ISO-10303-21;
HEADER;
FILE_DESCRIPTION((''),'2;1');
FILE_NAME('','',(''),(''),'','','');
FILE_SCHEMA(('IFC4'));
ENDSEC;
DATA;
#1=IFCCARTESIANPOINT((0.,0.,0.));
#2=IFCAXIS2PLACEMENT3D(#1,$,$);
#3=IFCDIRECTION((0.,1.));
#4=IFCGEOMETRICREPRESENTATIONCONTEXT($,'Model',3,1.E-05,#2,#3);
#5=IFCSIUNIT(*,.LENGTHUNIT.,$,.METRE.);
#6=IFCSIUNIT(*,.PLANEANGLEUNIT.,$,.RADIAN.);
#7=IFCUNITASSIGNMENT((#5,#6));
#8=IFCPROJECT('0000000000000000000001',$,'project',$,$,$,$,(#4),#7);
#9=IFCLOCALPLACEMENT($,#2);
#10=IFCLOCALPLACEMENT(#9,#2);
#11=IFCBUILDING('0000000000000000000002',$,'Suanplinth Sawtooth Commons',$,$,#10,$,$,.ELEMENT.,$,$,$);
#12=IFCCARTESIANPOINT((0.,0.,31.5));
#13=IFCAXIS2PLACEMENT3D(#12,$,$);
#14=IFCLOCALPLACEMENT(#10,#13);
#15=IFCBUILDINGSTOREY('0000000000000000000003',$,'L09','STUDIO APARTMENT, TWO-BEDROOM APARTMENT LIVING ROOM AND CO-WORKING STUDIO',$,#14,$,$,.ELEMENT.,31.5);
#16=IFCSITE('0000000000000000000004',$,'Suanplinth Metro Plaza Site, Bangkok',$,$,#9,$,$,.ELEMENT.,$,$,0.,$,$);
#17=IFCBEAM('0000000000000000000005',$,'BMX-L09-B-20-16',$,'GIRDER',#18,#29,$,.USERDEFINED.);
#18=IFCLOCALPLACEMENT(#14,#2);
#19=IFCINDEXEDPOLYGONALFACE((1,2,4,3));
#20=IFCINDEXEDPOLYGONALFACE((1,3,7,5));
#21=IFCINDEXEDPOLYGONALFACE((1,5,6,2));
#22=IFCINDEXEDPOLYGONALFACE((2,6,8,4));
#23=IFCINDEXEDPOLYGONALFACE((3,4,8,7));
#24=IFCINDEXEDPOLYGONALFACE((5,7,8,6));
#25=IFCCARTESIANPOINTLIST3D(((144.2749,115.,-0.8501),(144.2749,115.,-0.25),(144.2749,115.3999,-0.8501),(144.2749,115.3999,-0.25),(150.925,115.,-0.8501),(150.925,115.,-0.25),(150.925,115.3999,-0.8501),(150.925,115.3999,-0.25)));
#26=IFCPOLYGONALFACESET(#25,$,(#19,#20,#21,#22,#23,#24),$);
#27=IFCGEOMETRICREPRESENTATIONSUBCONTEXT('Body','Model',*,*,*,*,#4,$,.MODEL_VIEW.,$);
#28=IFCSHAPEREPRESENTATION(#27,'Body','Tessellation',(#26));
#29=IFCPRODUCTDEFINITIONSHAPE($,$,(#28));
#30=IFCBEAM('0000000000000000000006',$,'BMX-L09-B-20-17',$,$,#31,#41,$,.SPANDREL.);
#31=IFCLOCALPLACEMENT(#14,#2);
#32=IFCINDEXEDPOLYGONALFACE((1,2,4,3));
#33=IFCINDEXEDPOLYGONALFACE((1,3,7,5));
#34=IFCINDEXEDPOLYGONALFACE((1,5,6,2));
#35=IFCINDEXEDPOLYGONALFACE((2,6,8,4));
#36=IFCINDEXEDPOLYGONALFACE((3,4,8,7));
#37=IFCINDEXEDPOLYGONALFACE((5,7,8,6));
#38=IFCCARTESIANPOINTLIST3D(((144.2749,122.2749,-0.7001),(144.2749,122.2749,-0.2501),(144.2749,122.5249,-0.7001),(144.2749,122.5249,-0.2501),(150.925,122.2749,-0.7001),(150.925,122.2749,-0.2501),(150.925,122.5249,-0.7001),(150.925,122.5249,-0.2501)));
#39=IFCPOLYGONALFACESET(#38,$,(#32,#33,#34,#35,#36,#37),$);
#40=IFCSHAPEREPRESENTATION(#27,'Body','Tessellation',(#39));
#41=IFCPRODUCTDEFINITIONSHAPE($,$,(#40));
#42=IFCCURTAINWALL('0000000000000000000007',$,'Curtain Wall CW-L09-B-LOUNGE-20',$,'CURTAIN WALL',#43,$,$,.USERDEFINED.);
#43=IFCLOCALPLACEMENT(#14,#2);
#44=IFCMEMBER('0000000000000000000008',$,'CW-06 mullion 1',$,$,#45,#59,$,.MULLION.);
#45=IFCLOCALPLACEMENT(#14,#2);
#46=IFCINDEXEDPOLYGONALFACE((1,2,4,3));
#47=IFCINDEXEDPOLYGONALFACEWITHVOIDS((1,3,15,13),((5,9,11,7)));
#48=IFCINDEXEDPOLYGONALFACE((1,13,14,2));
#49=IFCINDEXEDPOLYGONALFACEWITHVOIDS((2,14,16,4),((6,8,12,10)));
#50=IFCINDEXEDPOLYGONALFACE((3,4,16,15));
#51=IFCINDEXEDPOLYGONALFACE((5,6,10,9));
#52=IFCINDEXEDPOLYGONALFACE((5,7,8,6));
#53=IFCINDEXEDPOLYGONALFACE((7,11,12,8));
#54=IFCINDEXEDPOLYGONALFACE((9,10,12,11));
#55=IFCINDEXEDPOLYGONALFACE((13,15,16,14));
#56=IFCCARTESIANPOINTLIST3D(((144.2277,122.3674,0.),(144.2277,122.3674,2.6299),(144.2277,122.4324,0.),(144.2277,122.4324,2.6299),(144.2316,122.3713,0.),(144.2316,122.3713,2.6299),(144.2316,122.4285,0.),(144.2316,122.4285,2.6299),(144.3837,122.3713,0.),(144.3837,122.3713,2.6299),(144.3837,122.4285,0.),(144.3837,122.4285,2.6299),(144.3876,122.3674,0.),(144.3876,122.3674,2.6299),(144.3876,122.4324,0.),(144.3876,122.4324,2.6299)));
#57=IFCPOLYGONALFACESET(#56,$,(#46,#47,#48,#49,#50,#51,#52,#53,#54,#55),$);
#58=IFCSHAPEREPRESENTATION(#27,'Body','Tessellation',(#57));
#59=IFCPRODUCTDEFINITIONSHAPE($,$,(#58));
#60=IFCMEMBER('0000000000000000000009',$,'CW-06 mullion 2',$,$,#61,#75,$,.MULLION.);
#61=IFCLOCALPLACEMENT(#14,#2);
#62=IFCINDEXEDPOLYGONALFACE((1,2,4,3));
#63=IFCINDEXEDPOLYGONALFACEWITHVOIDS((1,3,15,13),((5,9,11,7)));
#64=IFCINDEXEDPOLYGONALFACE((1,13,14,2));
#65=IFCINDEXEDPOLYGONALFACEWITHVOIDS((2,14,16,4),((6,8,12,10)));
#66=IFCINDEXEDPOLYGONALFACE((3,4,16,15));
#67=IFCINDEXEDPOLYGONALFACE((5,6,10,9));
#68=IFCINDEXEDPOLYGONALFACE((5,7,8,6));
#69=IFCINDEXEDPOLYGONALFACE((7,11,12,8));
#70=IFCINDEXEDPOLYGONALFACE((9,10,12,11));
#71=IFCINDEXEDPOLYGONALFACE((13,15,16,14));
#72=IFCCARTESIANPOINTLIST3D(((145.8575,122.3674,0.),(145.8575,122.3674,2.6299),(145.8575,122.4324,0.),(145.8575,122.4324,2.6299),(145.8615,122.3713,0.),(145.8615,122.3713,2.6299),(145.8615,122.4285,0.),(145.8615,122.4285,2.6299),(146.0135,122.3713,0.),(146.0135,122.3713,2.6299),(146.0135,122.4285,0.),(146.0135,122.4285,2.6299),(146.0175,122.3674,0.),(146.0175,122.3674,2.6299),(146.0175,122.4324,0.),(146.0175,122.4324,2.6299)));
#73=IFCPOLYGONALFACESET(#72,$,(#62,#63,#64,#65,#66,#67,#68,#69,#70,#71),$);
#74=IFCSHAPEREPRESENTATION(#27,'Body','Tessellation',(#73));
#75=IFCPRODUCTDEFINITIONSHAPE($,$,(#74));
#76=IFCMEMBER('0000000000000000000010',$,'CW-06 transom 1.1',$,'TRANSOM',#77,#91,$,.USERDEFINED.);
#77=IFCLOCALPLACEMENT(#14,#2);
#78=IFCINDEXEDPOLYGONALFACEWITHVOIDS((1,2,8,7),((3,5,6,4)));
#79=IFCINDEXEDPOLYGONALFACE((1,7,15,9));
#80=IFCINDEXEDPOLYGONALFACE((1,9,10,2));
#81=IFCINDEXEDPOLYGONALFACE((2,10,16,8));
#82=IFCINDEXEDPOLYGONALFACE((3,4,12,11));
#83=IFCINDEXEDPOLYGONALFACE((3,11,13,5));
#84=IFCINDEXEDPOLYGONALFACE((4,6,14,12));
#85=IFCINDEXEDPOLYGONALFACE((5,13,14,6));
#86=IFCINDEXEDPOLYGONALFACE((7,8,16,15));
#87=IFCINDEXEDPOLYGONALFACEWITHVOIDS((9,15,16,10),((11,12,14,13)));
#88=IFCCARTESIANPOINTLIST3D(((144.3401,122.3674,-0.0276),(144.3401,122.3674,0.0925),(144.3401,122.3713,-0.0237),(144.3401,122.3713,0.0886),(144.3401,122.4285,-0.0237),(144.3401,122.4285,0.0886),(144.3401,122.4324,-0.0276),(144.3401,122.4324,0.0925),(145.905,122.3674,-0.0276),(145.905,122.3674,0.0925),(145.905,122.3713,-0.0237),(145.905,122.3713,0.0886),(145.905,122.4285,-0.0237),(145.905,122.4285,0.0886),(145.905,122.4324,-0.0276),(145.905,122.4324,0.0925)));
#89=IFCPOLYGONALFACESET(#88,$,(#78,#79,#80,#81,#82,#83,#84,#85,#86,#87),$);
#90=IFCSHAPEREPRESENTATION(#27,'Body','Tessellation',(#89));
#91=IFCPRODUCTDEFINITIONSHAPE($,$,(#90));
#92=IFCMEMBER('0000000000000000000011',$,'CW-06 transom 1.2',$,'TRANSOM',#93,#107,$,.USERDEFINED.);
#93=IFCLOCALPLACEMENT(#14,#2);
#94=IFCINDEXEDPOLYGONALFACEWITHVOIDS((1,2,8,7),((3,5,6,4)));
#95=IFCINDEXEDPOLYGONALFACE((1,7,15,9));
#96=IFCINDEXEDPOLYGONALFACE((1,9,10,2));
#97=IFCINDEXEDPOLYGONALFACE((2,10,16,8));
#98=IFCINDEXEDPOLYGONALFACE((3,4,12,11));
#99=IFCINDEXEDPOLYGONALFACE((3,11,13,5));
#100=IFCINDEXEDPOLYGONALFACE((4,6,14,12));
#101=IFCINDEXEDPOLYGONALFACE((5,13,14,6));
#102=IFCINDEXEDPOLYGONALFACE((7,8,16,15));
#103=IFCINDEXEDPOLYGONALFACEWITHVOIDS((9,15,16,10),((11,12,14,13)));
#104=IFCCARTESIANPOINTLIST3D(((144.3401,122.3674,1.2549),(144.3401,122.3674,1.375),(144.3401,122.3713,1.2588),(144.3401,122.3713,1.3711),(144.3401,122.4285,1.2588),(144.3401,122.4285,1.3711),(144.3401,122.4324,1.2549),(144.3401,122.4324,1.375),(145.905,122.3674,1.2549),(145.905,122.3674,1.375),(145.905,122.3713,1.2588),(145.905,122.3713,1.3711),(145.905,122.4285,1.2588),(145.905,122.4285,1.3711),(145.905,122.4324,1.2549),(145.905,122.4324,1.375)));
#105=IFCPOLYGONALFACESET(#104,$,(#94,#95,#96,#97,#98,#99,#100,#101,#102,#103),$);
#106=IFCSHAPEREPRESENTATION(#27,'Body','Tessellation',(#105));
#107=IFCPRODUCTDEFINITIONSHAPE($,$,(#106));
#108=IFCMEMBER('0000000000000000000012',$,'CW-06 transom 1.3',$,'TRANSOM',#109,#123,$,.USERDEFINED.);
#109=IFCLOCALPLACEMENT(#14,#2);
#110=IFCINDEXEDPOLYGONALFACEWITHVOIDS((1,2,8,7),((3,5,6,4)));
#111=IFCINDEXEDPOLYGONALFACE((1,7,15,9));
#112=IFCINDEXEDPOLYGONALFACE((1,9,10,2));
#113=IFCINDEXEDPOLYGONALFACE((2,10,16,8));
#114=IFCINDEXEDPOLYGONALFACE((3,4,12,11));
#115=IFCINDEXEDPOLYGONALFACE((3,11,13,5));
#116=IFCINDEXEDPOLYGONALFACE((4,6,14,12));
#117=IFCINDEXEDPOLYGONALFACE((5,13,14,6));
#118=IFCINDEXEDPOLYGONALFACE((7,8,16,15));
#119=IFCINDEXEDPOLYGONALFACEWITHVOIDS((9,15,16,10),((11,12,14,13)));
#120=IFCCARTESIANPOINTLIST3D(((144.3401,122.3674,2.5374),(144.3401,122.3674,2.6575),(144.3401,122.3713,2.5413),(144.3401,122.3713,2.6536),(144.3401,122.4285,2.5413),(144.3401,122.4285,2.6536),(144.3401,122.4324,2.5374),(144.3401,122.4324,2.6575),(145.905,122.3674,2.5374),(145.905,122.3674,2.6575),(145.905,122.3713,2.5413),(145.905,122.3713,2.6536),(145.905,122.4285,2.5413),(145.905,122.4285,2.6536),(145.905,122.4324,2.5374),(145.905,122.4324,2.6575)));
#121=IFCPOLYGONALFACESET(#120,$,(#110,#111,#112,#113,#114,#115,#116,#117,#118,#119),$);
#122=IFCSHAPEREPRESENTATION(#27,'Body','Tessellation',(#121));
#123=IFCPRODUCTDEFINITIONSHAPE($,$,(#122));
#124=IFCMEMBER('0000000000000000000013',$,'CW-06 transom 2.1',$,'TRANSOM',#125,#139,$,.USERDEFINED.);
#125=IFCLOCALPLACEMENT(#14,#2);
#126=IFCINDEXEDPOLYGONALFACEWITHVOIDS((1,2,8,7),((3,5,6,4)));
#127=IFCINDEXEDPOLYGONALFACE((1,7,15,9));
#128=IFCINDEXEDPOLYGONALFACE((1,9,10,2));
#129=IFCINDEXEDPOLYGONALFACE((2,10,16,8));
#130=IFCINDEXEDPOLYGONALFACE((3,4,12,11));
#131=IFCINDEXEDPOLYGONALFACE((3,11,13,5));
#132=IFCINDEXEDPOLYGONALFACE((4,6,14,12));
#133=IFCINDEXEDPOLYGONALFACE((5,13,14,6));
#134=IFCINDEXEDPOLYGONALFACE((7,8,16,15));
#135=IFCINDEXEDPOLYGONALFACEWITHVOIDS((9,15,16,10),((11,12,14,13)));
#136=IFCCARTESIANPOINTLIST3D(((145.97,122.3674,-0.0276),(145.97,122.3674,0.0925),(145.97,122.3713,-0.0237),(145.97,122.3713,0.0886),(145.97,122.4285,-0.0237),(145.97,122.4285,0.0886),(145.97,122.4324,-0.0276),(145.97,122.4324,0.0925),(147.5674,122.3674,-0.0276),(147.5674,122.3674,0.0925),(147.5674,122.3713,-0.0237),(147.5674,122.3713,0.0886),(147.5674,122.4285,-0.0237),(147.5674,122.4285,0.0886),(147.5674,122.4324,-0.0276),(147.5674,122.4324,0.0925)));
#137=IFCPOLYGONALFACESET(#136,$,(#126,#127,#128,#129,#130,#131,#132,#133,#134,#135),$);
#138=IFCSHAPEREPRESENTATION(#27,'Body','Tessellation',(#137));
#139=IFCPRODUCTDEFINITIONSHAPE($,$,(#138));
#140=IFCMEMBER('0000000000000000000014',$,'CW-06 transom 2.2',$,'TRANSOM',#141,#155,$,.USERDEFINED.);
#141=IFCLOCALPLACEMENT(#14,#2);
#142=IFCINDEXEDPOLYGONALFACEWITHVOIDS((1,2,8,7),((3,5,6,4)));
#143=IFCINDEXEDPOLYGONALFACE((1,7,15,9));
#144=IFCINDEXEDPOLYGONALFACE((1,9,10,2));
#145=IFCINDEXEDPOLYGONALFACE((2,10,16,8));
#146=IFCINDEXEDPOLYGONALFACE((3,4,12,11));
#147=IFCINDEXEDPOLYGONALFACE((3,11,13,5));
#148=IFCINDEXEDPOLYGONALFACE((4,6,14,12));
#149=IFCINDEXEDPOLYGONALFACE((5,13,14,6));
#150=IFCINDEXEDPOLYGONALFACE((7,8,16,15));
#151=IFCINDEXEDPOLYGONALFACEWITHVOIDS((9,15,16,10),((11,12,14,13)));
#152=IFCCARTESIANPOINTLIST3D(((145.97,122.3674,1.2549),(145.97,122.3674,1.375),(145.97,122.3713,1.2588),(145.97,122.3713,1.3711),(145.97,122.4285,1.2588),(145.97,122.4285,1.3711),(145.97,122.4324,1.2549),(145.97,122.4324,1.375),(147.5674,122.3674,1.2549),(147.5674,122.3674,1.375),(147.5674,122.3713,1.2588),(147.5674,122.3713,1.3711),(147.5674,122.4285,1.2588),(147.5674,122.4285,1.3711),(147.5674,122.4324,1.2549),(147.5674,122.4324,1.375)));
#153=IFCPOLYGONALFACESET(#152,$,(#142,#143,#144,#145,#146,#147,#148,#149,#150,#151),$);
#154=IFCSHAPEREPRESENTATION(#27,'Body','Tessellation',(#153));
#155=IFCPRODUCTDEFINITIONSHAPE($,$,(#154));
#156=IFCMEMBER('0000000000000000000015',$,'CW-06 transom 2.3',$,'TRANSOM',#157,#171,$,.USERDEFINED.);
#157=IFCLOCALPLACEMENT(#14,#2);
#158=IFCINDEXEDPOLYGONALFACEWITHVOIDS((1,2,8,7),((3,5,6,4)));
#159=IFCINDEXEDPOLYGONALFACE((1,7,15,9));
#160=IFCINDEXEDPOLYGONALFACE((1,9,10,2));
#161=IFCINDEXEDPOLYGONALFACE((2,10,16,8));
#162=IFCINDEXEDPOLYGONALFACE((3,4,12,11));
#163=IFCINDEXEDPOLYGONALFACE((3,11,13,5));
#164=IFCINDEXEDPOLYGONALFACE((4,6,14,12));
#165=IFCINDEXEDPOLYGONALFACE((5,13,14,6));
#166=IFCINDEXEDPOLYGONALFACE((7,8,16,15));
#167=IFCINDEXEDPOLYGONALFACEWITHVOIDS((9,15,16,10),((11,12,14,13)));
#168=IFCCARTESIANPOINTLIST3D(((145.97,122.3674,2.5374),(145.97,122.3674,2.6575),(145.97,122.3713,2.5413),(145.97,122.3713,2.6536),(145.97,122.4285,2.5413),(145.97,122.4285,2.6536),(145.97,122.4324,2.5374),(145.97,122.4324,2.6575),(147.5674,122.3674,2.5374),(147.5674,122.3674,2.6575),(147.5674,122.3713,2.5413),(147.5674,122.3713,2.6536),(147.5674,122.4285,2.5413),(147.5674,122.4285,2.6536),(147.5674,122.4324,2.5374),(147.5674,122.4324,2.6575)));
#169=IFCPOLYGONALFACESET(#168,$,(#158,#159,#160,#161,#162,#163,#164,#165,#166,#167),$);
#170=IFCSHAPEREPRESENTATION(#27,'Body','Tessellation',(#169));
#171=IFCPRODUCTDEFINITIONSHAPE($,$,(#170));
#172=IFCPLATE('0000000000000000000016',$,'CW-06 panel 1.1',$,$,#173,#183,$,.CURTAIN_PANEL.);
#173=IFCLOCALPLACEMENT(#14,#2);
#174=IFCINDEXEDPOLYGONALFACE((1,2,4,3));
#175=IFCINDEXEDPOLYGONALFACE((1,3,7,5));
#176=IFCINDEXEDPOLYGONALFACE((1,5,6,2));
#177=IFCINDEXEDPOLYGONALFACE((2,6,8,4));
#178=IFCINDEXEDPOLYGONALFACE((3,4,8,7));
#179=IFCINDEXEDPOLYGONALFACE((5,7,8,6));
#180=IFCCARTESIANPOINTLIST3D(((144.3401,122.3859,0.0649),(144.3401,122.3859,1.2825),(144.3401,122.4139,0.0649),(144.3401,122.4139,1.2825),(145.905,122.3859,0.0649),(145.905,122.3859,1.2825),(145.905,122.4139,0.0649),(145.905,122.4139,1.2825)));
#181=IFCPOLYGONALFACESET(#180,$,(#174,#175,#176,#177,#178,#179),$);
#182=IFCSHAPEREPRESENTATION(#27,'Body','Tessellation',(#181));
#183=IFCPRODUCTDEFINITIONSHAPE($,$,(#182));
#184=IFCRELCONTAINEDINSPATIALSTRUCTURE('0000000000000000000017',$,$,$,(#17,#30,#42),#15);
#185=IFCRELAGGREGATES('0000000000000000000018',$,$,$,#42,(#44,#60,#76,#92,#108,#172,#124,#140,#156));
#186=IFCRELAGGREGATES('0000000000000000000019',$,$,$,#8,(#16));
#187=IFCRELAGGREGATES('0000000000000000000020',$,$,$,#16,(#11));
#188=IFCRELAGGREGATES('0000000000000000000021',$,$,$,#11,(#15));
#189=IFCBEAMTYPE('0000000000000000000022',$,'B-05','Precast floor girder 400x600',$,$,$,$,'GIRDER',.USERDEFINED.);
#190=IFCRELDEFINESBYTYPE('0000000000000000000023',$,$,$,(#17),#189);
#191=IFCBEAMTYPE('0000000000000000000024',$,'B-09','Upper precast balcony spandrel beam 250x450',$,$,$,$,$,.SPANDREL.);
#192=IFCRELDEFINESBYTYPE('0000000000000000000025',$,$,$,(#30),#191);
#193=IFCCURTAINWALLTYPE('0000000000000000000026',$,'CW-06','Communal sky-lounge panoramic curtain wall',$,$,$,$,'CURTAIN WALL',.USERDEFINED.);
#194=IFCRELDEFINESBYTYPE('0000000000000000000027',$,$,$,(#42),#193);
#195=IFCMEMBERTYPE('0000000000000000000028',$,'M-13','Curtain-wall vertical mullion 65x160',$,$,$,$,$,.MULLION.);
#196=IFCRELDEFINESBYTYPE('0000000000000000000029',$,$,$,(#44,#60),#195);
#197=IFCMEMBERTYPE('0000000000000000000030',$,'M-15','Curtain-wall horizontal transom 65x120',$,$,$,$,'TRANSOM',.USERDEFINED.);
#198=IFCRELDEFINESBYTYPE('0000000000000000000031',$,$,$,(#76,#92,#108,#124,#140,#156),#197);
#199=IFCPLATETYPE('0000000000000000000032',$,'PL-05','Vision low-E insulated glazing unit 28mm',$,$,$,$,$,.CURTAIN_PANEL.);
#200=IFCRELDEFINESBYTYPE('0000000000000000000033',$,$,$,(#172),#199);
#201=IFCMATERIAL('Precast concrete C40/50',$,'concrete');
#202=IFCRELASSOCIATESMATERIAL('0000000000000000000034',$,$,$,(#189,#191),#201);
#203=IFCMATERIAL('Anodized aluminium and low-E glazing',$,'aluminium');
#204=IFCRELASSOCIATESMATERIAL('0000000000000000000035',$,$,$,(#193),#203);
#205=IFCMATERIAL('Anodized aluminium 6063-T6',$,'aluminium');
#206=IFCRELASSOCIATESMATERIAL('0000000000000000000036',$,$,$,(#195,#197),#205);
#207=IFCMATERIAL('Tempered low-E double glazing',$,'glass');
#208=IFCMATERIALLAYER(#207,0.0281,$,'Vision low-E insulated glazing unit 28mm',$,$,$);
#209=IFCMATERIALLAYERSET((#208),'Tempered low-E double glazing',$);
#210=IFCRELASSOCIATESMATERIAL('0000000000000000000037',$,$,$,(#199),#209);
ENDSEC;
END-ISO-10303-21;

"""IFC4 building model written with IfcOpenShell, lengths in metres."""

from ifc_helpers import new_model, si_unit, direction, frame, origin, origin_2d, place, context, subcontext, project, spatial, rectangle, hollow_rectangle, extrude, material, layer, layer_set, material_profile, profile_set, type_object, element, aggregate, save


model = new_model("IFC4")

# Units and contexts
model_context = context("Model", 3, precision=1e-05, world=origin(), true_north=direction((0.0, 1.0)))
body_context = subcontext(model_context, "Body", "Model", "MODEL_VIEW")
ifc_project = project(units=[si_unit("LENGTHUNIT", "METRE"), si_unit("PLANEANGLEUNIT", "RADIAN")], contexts=[model_context])

# Site, building, storey
site_placement = place(None, origin())
site = spatial("IfcSite", under=ifc_project, at=site_placement, Name="Suanplinth Metro Plaza Site, Bangkok", CompositionType="ELEMENT", RefElevation=0.0)
building_placement = place(site_placement, origin())
building = spatial("IfcBuilding", under=site, at=building_placement, Name="Suanplinth Sawtooth Commons", CompositionType="ELEMENT")
storey_placement = place(building_placement, frame((0.0, 0.0, 31.5)))
storey = spatial("IfcBuildingStorey", under=building, at=storey_placement, Name="L09", Description="STUDIO APARTMENT, TWO-BEDROOM APARTMENT LIVING ROOM AND CO-WORKING STUDIO", CompositionType="ELEMENT", Elevation=31.5)

# Beams
ifc_material_1 = material(Name="Precast concrete C40/50", Category="concrete")
ifc_material_profile_1 = material_profile(ifc_material_1, rectangle(XDim=0.3999, YDim=0.6001, at=origin_2d()), Name="PC-GDR 400x600")
ifc_profile_set_1 = profile_set([ifc_material_profile_1], Name="Precast concrete C40/50")
beam_type_1 = type_object("IfcBeamType", Name="B-05", Description="Precast floor girder 400x600", ElementType="GIRDER", PredefinedType="USERDEFINED", material=ifc_profile_set_1)
beam_1_placement = place(storey_placement, frame((144.2749, 115.2, -0.55), z_axis=(1.0, 0.0, 0.0), x_axis=(0.0, 1.0, 0.0)))
element("IfcBeam", 1, at=beam_1_placement, inside=storey, type_object=beam_type_1, Name="BMX-L09-B-20-16", ObjectType="GIRDER", PredefinedType="USERDEFINED", context=body_context, shape_type="SweptSolid", body=[
    extrude(rectangle(XDim=0.3999, YDim=0.6001, at=origin_2d()), origin(), (0.0, 0.0, 1.0), 6.6501),
])
ifc_material_profile_2 = material_profile(ifc_material_1, rectangle(XDim=0.25, YDim=0.45, at=origin_2d()), Name="PC-SP 250x450")
ifc_profile_set_2 = profile_set([ifc_material_profile_2], Name="Precast concrete C40/50")
beam_type_2 = type_object("IfcBeamType", Name="B-09", Description="Upper precast balcony spandrel beam 250x450", PredefinedType="SPANDREL", material=ifc_profile_set_2)
beam_2_placement = place(storey_placement, frame((144.2749, 122.3999, -0.4751), z_axis=(1.0, 0.0, 0.0), x_axis=(0.0, 1.0, 0.0)))
element("IfcBeam", 2, at=beam_2_placement, inside=storey, type_object=beam_type_2, Name="BMX-L09-B-20-17", PredefinedType="SPANDREL", context=body_context, shape_type="SweptSolid", body=[
    extrude(rectangle(XDim=0.25, YDim=0.45, at=origin_2d()), origin(), (0.0, 0.0, 1.0), 6.6501),
])

# Curtain wall, members, plate
ifc_material_2 = material(Name="Anodized aluminium and low-E glazing", Category="aluminium")
curtain_wall_type = type_object("IfcCurtainWallType", Name="CW-06", Description="Communal sky-lounge panoramic curtain wall", ElementType="CURTAIN WALL", PredefinedType="USERDEFINED", material=ifc_material_2)
curtain_wall_placement = place(storey_placement, origin())
curtain_wall = element("IfcCurtainWall", 3, at=curtain_wall_placement, inside=storey, type_object=curtain_wall_type, Name="Curtain Wall CW-L09-B-LOUNGE-20", ObjectType="CURTAIN WALL", PredefinedType="USERDEFINED")
ifc_material_3 = material(Name="Anodized aluminium 6063-T6", Category="aluminium")
ifc_material_profile_3 = material_profile(ifc_material_3, hollow_rectangle(XDim=0.0649, YDim=0.1599, WallThickness=0.0039, at=origin_2d()), Name="ALU-MUL 65x160")
ifc_profile_set_3 = profile_set([ifc_material_profile_3], Name="Anodized aluminium 6063-T6")
member_type_1 = type_object("IfcMemberType", Name="M-13", Description="Curtain-wall vertical mullion 65x160", PredefinedType="MULLION", material=ifc_profile_set_3)
member_1_placement = place(storey_placement, frame((144.3076, 122.3999, 0.0), z_axis=(0.0, 0.0, 1.0), x_axis=(0.0, 1.0, 0.0)))
member_1 = element("IfcMember", 4, at=member_1_placement, type_object=member_type_1, Name="CW-06 mullion 1", PredefinedType="MULLION", context=body_context, shape_type="SweptSolid", body=[
    extrude(hollow_rectangle(XDim=0.0649, YDim=0.1599, WallThickness=0.0039, at=origin_2d()), origin(), (0.0, 0.0, 1.0), 2.6299),
])
member_2_placement = place(storey_placement, frame((145.9375, 122.3999, 0.0), z_axis=(0.0, 0.0, 1.0), x_axis=(0.0, 1.0, 0.0)))
member_2 = element("IfcMember", 5, at=member_2_placement, type_object=member_type_1, Name="CW-06 mullion 2", PredefinedType="MULLION", context=body_context, shape_type="SweptSolid", body=[
    extrude(hollow_rectangle(XDim=0.0649, YDim=0.1599, WallThickness=0.0039, at=origin_2d()), origin(), (0.0, 0.0, 1.0), 2.6299),
])
ifc_material_profile_4 = material_profile(ifc_material_3, hollow_rectangle(XDim=0.0649, YDim=0.1201, WallThickness=0.0039, at=origin_2d()), Name="ALU-TRN 65x120")
ifc_profile_set_4 = profile_set([ifc_material_profile_4], Name="Anodized aluminium 6063-T6")
member_type_2 = type_object("IfcMemberType", Name="M-15", Description="Curtain-wall horizontal transom 65x120", ElementType="TRANSOM", PredefinedType="USERDEFINED", material=ifc_profile_set_4)
member_3_placement = place(storey_placement, frame((144.3401, 122.3999, 0.0325), z_axis=(1.0, 0.0, 0.0), x_axis=(0.0, 1.0, 0.0)))
member_3 = element("IfcMember", 6, at=member_3_placement, type_object=member_type_2, Name="CW-06 transom 1.1", ObjectType="TRANSOM", PredefinedType="USERDEFINED", context=body_context, shape_type="SweptSolid", body=[
    extrude(hollow_rectangle(XDim=0.0649, YDim=0.1201, WallThickness=0.0039, at=origin_2d()), origin(), (0.0, 0.0, 1.0), 1.5649),
])
member_4_placement = place(storey_placement, frame((144.3401, 122.3999, 1.3149), z_axis=(1.0, 0.0, 0.0), x_axis=(0.0, 1.0, 0.0)))
member_4 = element("IfcMember", 7, at=member_4_placement, type_object=member_type_2, Name="CW-06 transom 1.2", ObjectType="TRANSOM", PredefinedType="USERDEFINED", context=body_context, shape_type="SweptSolid", body=[
    extrude(hollow_rectangle(XDim=0.0649, YDim=0.1201, WallThickness=0.0039, at=origin_2d()), origin(), (0.0, 0.0, 1.0), 1.5649),
])
member_5_placement = place(storey_placement, frame((144.3401, 122.3999, 2.5974), z_axis=(1.0, 0.0, 0.0), x_axis=(0.0, 1.0, 0.0)))
member_5 = element("IfcMember", 8, at=member_5_placement, type_object=member_type_2, Name="CW-06 transom 1.3", ObjectType="TRANSOM", PredefinedType="USERDEFINED", context=body_context, shape_type="SweptSolid", body=[
    extrude(hollow_rectangle(XDim=0.0649, YDim=0.1201, WallThickness=0.0039, at=origin_2d()), origin(), (0.0, 0.0, 1.0), 1.5649),
])
member_6_placement = place(storey_placement, frame((145.97, 122.3999, 0.0325), z_axis=(1.0, 0.0, 0.0), x_axis=(0.0, 1.0, 0.0)))
member_6 = element("IfcMember", 9, at=member_6_placement, type_object=member_type_2, Name="CW-06 transom 2.1", ObjectType="TRANSOM", PredefinedType="USERDEFINED", context=body_context, shape_type="SweptSolid", body=[
    extrude(hollow_rectangle(XDim=0.0649, YDim=0.1201, WallThickness=0.0039, at=origin_2d()), origin(), (0.0, 0.0, 1.0), 1.5974),
])
member_7_placement = place(storey_placement, frame((145.97, 122.3999, 1.3149), z_axis=(1.0, 0.0, 0.0), x_axis=(0.0, 1.0, 0.0)))
member_7 = element("IfcMember", 10, at=member_7_placement, type_object=member_type_2, Name="CW-06 transom 2.2", ObjectType="TRANSOM", PredefinedType="USERDEFINED", context=body_context, shape_type="SweptSolid", body=[
    extrude(hollow_rectangle(XDim=0.0649, YDim=0.1201, WallThickness=0.0039, at=origin_2d()), origin(), (0.0, 0.0, 1.0), 1.5974),
])
member_8_placement = place(storey_placement, frame((145.97, 122.3999, 2.5974), z_axis=(1.0, 0.0, 0.0), x_axis=(0.0, 1.0, 0.0)))
member_8 = element("IfcMember", 11, at=member_8_placement, type_object=member_type_2, Name="CW-06 transom 2.3", ObjectType="TRANSOM", PredefinedType="USERDEFINED", context=body_context, shape_type="SweptSolid", body=[
    extrude(hollow_rectangle(XDim=0.0649, YDim=0.1201, WallThickness=0.0039, at=origin_2d()), origin(), (0.0, 0.0, 1.0), 1.5974),
])
ifc_material_4 = material(Name="Tempered low-E double glazing", Category="glass")
ifc_layer_1 = layer(ifc_material_4, 0.0281, Name="Vision low-E insulated glazing unit 28mm")
ifc_layer_set_1 = layer_set([ifc_layer_1], Name="Tempered low-E double glazing")
plate_type = type_object("IfcPlateType", Name="PL-05", Description="Vision low-E insulated glazing unit 28mm", PredefinedType="CURTAIN_PANEL", material=ifc_layer_set_1)
plate_1_placement = place(storey_placement, frame((145.1226, 122.3999, 0.0649), z_axis=(0.0, 0.0, 1.0), x_axis=(1.0, 0.0, 0.0)))
plate_1 = element("IfcPlate", 12, at=plate_1_placement, type_object=plate_type, Name="CW-06 panel 1.1", PredefinedType="CURTAIN_PANEL", context=body_context, shape_type="SweptSolid", body=[
    extrude(rectangle(XDim=1.5649, YDim=0.0281, at=origin_2d()), origin(), (0.0, 0.0, 1.0), 1.2175),
])
aggregate(curtain_wall, [member_1, member_2, member_3, member_4, member_5, plate_1, member_6, member_7, member_8])

save(model, "model.ifc")
